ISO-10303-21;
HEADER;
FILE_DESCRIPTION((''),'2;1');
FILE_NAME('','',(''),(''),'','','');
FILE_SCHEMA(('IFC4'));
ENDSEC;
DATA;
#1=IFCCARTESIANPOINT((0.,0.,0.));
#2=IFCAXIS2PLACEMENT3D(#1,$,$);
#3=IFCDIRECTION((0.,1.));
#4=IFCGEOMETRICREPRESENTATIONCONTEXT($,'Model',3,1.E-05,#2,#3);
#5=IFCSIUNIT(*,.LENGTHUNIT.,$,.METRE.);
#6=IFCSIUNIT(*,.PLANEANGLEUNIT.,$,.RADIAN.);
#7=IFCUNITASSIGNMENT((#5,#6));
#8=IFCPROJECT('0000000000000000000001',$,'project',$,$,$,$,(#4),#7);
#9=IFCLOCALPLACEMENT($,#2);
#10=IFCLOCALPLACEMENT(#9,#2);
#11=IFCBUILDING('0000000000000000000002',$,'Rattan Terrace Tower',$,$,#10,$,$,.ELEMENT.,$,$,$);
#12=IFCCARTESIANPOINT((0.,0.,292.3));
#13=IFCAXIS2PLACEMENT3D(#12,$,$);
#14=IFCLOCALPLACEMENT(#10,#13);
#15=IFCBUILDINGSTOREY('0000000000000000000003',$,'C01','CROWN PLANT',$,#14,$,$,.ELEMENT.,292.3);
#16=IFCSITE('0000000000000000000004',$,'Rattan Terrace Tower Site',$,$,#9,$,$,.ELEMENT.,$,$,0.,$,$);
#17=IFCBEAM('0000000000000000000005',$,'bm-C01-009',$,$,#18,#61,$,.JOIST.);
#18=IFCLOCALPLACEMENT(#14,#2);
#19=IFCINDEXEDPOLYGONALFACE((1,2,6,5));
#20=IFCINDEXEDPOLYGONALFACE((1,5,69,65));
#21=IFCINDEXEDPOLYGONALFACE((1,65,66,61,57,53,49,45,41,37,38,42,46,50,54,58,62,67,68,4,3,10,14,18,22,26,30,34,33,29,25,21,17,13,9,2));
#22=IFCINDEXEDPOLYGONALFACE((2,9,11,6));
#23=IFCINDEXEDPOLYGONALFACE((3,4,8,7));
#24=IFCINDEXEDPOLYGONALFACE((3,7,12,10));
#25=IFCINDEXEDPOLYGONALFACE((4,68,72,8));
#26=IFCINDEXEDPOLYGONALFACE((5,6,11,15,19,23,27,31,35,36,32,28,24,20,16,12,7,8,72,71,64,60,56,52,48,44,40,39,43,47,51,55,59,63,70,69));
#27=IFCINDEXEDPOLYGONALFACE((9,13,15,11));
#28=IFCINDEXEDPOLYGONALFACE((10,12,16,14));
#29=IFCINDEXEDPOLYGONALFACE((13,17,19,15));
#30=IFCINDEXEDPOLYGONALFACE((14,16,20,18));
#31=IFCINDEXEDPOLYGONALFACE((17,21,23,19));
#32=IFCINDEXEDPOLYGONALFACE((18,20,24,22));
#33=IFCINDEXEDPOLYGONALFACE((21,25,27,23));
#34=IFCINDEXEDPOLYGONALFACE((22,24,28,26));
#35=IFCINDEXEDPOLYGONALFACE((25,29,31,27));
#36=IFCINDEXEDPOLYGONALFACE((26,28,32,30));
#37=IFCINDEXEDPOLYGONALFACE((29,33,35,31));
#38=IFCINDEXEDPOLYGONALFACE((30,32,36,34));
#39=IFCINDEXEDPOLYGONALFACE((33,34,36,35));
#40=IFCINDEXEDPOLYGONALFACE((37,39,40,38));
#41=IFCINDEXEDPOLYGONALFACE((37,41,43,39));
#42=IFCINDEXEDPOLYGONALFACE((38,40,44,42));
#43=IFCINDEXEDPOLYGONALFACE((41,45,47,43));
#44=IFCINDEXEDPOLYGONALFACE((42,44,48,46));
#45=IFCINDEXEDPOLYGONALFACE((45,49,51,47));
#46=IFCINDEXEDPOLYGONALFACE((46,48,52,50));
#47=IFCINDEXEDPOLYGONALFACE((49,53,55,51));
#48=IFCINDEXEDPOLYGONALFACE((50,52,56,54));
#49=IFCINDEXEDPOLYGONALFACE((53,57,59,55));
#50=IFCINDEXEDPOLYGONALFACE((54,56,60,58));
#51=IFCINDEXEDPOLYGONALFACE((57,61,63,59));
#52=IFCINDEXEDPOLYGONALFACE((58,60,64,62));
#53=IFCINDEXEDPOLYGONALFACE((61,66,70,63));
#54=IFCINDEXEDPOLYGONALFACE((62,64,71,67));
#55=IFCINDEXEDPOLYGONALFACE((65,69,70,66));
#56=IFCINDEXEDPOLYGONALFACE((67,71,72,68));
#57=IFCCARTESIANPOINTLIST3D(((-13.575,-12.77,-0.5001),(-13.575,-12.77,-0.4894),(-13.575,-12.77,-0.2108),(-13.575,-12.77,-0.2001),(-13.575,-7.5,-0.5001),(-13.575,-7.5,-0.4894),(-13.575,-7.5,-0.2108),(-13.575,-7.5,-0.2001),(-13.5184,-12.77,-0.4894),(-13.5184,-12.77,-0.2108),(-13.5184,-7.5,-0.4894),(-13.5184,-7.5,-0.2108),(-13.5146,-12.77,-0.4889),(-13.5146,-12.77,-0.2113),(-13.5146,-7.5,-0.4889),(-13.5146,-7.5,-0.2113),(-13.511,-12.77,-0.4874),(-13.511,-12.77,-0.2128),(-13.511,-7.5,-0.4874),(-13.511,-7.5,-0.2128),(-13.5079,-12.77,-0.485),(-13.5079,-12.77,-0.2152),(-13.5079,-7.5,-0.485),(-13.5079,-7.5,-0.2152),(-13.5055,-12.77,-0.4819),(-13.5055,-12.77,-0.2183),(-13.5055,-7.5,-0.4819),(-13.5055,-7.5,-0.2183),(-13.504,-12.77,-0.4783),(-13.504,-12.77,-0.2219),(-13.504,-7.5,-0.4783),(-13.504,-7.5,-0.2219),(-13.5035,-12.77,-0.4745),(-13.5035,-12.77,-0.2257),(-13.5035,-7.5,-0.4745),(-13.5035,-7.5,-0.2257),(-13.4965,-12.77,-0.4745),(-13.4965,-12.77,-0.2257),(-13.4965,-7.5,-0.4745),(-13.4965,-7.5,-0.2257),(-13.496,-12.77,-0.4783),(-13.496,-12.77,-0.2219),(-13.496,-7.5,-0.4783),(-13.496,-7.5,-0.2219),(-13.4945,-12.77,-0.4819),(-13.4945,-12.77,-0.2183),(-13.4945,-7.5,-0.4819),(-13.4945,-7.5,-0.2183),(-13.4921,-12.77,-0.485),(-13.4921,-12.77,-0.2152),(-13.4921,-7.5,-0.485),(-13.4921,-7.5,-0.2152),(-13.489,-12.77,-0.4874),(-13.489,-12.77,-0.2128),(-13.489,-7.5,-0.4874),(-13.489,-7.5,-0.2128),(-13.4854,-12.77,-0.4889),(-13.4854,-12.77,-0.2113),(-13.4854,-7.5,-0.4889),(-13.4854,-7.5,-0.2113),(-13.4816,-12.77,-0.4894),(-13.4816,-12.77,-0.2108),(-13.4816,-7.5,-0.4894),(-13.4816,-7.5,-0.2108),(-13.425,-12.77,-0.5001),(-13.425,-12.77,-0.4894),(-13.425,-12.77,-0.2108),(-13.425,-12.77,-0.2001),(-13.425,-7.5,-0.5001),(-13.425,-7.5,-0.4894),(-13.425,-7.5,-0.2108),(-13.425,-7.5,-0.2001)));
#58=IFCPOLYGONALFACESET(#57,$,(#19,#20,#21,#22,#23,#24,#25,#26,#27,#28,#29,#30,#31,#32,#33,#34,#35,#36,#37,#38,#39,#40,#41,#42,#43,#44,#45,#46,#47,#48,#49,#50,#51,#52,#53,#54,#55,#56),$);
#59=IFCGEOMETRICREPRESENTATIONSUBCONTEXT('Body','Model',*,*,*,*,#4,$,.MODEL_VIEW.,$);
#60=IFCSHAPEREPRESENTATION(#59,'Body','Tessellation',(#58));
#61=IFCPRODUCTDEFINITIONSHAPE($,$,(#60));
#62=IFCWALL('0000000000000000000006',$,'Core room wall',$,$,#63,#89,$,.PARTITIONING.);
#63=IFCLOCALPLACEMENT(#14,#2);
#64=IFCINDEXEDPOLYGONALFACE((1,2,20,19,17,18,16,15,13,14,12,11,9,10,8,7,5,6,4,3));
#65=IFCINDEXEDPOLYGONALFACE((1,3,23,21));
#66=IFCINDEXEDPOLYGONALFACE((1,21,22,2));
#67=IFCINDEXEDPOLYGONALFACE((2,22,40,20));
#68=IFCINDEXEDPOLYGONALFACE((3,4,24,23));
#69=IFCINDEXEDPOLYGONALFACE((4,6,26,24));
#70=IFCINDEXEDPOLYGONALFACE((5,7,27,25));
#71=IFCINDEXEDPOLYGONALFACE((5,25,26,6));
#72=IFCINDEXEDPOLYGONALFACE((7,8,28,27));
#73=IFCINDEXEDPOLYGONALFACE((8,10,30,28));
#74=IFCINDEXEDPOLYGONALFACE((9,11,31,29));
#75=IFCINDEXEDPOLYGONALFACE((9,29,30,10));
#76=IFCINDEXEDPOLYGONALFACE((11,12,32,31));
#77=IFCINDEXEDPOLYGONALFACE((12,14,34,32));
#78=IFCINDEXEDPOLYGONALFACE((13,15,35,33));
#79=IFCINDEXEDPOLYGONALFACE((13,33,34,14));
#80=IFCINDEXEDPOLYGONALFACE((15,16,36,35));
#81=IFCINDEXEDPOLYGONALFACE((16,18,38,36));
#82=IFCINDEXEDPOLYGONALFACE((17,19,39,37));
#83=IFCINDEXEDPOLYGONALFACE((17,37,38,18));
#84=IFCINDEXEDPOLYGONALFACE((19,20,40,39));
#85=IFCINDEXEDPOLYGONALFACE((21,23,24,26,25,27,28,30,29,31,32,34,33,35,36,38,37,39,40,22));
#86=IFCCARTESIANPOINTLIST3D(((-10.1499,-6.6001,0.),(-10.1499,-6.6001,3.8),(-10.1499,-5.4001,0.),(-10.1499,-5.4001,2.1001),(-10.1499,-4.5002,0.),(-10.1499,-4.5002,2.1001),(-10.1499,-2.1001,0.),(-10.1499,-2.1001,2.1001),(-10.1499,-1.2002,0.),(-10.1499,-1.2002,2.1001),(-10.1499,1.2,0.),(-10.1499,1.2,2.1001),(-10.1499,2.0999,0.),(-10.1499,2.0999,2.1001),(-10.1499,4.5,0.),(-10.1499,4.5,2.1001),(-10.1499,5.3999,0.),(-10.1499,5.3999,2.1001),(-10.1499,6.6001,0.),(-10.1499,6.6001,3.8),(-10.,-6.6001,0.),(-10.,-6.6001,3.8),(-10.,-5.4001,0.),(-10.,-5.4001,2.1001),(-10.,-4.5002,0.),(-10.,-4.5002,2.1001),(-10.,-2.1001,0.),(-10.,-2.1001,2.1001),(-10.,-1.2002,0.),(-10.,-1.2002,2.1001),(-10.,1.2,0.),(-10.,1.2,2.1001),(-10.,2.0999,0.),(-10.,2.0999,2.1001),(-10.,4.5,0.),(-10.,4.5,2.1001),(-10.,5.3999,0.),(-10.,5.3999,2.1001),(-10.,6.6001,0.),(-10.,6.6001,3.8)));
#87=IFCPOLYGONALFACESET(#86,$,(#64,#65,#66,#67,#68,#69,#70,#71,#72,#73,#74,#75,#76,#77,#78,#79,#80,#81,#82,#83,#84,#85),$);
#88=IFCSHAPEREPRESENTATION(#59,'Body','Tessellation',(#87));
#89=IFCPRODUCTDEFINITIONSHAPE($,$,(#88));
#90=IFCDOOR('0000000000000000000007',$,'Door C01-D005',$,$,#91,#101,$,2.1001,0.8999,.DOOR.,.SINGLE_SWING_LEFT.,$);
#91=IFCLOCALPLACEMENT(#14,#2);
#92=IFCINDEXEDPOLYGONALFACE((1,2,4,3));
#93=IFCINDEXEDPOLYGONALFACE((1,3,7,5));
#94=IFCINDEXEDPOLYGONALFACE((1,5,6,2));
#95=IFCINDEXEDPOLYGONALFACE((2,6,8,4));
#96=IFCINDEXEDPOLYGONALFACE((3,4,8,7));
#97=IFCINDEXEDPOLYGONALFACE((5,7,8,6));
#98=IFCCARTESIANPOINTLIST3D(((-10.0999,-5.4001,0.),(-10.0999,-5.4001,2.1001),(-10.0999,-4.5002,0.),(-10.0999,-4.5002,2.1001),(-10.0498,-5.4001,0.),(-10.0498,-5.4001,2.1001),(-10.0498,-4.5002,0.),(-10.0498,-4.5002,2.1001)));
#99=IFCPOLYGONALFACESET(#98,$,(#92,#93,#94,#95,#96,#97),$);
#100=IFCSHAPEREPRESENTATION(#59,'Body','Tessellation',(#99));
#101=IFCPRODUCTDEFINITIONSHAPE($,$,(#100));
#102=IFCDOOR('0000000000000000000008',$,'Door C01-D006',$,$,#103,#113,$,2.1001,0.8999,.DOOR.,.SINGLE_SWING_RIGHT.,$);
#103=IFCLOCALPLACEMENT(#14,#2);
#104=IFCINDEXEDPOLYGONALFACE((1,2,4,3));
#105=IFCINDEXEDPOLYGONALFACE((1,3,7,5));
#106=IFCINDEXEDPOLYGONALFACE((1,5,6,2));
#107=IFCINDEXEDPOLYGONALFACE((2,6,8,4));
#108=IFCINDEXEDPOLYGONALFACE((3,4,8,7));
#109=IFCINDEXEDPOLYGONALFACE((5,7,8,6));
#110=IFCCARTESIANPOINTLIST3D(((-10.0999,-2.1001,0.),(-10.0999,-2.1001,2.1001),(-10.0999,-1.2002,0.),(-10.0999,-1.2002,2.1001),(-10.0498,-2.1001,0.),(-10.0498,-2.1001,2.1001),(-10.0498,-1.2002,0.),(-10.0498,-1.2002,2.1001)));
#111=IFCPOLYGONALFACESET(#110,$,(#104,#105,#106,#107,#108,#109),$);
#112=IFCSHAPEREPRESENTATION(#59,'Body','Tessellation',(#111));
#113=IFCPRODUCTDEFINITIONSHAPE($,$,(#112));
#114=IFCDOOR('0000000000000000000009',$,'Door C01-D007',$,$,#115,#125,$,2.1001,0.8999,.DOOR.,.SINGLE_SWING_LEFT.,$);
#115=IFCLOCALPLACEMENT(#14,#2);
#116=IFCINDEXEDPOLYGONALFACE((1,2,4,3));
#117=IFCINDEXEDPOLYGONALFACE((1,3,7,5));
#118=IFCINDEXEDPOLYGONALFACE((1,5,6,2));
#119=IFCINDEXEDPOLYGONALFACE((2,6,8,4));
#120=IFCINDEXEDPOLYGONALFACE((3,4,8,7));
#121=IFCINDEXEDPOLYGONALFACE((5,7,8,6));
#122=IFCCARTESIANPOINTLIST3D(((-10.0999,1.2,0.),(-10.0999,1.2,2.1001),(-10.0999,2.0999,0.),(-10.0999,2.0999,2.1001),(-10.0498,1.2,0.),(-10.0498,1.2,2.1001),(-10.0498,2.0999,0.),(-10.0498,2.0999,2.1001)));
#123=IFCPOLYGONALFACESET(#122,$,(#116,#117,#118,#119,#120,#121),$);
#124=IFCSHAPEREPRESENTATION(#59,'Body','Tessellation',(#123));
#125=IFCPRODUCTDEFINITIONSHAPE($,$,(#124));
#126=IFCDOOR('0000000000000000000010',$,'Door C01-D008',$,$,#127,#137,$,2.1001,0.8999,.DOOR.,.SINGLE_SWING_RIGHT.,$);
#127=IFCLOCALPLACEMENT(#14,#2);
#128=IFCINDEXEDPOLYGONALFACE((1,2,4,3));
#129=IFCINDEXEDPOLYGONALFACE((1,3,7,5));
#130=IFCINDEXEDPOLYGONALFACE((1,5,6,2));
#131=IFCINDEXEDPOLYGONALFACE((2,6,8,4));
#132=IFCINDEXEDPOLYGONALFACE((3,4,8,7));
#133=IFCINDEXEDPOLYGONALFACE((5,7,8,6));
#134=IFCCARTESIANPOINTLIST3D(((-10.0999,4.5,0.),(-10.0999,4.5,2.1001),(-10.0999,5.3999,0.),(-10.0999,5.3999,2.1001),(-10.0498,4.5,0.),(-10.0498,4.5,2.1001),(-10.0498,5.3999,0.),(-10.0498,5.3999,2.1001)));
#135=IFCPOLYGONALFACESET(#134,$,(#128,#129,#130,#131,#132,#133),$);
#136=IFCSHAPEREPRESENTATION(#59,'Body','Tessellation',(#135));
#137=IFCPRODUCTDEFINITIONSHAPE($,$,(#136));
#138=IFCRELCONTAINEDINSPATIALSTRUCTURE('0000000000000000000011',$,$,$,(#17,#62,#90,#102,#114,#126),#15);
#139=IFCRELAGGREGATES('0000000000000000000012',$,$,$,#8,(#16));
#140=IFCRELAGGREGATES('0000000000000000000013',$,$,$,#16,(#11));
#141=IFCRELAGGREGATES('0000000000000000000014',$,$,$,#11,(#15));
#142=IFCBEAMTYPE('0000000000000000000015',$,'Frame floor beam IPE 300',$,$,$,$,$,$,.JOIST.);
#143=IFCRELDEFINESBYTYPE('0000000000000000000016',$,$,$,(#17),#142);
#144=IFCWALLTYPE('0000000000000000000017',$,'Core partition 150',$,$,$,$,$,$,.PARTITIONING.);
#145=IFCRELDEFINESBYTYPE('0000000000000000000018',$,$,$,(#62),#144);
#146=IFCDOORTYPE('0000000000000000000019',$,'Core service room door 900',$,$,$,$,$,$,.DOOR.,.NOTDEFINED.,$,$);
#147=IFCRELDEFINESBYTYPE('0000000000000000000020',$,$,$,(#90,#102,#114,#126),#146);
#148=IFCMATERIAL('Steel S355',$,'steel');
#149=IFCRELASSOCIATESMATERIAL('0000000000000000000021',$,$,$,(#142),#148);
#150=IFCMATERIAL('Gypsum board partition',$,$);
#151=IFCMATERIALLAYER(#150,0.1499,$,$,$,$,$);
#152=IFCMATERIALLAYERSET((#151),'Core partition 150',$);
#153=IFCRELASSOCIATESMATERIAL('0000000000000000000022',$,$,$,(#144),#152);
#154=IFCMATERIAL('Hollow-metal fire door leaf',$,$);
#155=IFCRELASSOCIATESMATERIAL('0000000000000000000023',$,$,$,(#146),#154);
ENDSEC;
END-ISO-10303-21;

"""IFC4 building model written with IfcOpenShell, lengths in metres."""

from ifc_helpers import new_model, si_unit, direction, frame, frame_2d, origin, origin_2d, place, context, subcontext, project, spatial, rectangle, i_section, extrude, material, layer, layer_set, material_profile, profile_set, type_object, element, fill, save


model = new_model("IFC4")

# Units and contexts
model_context = context("Model", 3, precision=1e-05, world=origin(), true_north=direction((0.0, 1.0)))
body_context = subcontext(model_context, "Body", "Model", "MODEL_VIEW")
ifc_project = project(units=[si_unit("LENGTHUNIT", "METRE"), si_unit("PLANEANGLEUNIT", "RADIAN")], contexts=[model_context])

# Site, building, storey
site_placement = place(None, origin())
site = spatial("IfcSite", under=ifc_project, at=site_placement, Name="Rattan Terrace Tower Site", CompositionType="ELEMENT", RefElevation=0.0)
building_placement = place(site_placement, origin())
building = spatial("IfcBuilding", under=site, at=building_placement, Name="Rattan Terrace Tower", CompositionType="ELEMENT")
storey_placement = place(building_placement, frame((0.0, 0.0, 292.3)))
storey = spatial("IfcBuildingStorey", under=building, at=storey_placement, Name="C01", Description="CROWN PLANT", CompositionType="ELEMENT", Elevation=292.3)

# Beam
ifc_material_1 = material(Name="Steel S355", Category="steel")
ifc_material_profile = material_profile(ifc_material_1, i_section(OverallWidth=0.1499, OverallDepth=0.3, WebThickness=0.0071, FlangeThickness=0.0107, FilletRadius=0.0149, at=origin_2d()), Name="IPE 300")
ifc_profile_set = profile_set([ifc_material_profile], Name="Steel S355")
beam_type = type_object("IfcBeamType", Name="Frame floor beam IPE 300", PredefinedType="JOIST", material=ifc_profile_set)
beam_placement = place(storey_placement, frame((-13.5, -12.77, -0.3501), z_axis=(0.0, 1.0, 0.0), x_axis=(-1.0, 0.0, 0.0)))
element("IfcBeam", 1, at=beam_placement, inside=storey, type_object=beam_type, Name="bm-C01-009", PredefinedType="JOIST", context=body_context, shape_type="SweptSolid", body=[
    extrude(i_section(OverallWidth=0.1499, OverallDepth=0.3, WebThickness=0.0071, FlangeThickness=0.0107, FilletRadius=0.0149, at=origin_2d()), origin(), (0.0, 0.0, 1.0), 5.27),
])

# Wall, openings, doors
ifc_material_2 = material(Name="Gypsum board partition")
ifc_layer_1 = layer(ifc_material_2, 0.1499)
ifc_layer_set_1 = layer_set([ifc_layer_1], Name="Core partition 150")
wall_type_1 = type_object("IfcWallType", Name="Core partition 150", PredefinedType="PARTITIONING", material=ifc_layer_set_1)
wall_1_placement = place(storey_placement, frame((-10.075, -6.6001, 0.0), z_axis=(0.0, 0.0, 1.0), x_axis=(0.0, 1.0, 0.0)))
wall_1 = element("IfcWall", 2, at=wall_1_placement, inside=storey, type_object=wall_type_1, Name="Core room wall", PredefinedType="PARTITIONING", context=body_context, shape_type="SweptSolid", body=[
    extrude(rectangle(XDim=13.2002, YDim=0.1499, at=frame_2d((6.6001, 0.0))), origin(), (0.0, 0.0, 1.0), 3.8),
])
opening_1_placement = place(wall_1_placement, frame((1.2, 0.0, 0.0)))
opening_1 = element("IfcOpeningElement", 3, at=opening_1_placement, cuts=wall_1, PredefinedType="OPENING", context=body_context, shape_type="SweptSolid", body=[
    extrude(rectangle(XDim=0.8999, YDim=2.1001, at=frame_2d((0.45, 1.05))), frame((0.0, 0.0854, 0.0), z_axis=(0.0, -1.0, 0.0), x_axis=(1.0, 0.0, 0.0)), (0.0, 0.0, 1.0), 0.1709),
])
opening_2_placement = place(wall_1_placement, frame((4.5, 0.0, 0.0)))
opening_2 = element("IfcOpeningElement", 4, at=opening_2_placement, cuts=wall_1, PredefinedType="OPENING", context=body_context, shape_type="SweptSolid", body=[
    extrude(rectangle(XDim=0.8999, YDim=2.1001, at=frame_2d((0.45, 1.05))), frame((0.0, 0.0854, 0.0), z_axis=(0.0, -1.0, 0.0), x_axis=(1.0, 0.0, 0.0)), (0.0, 0.0, 1.0), 0.1709),
])
opening_3_placement = place(wall_1_placement, frame((7.8, 0.0, 0.0)))
opening_3 = element("IfcOpeningElement", 5, at=opening_3_placement, cuts=wall_1, PredefinedType="OPENING", context=body_context, shape_type="SweptSolid", body=[
    extrude(rectangle(XDim=0.8999, YDim=2.1001, at=frame_2d((0.45, 1.05))), frame((0.0, 0.0854, 0.0), z_axis=(0.0, -1.0, 0.0), x_axis=(1.0, 0.0, 0.0)), (0.0, 0.0, 1.0), 0.1709),
])
opening_4_placement = place(wall_1_placement, frame((11.1001, 0.0, 0.0)))
opening_4 = element("IfcOpeningElement", 6, at=opening_4_placement, cuts=wall_1, PredefinedType="OPENING", context=body_context, shape_type="SweptSolid", body=[
    extrude(rectangle(XDim=0.8999, YDim=2.1001, at=frame_2d((0.45, 1.05))), frame((0.0, 0.0854, 0.0), z_axis=(0.0, -1.0, 0.0), x_axis=(1.0, 0.0, 0.0)), (0.0, 0.0, 1.0), 0.1709),
])
ifc_material_3 = material(Name="Hollow-metal fire door leaf")
door_type_1 = type_object("IfcDoorType", Name="Core service room door 900", OperationType="NOTDEFINED", PredefinedType="DOOR", material=ifc_material_3)
door_1_placement = place(opening_1_placement, origin())
door_1 = element("IfcDoor", 7, at=door_1_placement, inside=storey, type_object=door_type_1, Name="Door C01-D005", OperationType="SINGLE_SWING_LEFT", OverallHeight=2.1001, OverallWidth=0.8999, PredefinedType="DOOR", context=body_context, shape_type="SweptSolid", body=[
    extrude(rectangle(XDim=0.8999, YDim=2.1001, at=frame_2d((0.45, 1.05))), frame((0.0, 0.0249, 0.0), z_axis=(0.0, -1.0, 0.0), x_axis=(1.0, 0.0, 0.0)), (0.0, 0.0, 1.0), 0.05),
])
fill(opening_1, door_1)
door_2_placement = place(opening_2_placement, origin())
door_2 = element("IfcDoor", 8, at=door_2_placement, inside=storey, type_object=door_type_1, Name="Door C01-D006", OperationType="SINGLE_SWING_RIGHT", OverallHeight=2.1001, OverallWidth=0.8999, PredefinedType="DOOR", context=body_context, shape_type="SweptSolid", body=[
    extrude(rectangle(XDim=0.8999, YDim=2.1001, at=frame_2d((0.45, 1.05))), frame((0.0, 0.0249, 0.0), z_axis=(0.0, -1.0, 0.0), x_axis=(1.0, 0.0, 0.0)), (0.0, 0.0, 1.0), 0.05),
])
fill(opening_2, door_2)
door_3_placement = place(opening_3_placement, origin())
door_3 = element("IfcDoor", 9, at=door_3_placement, inside=storey, type_object=door_type_1, Name="Door C01-D007", OperationType="SINGLE_SWING_LEFT", OverallHeight=2.1001, OverallWidth=0.8999, PredefinedType="DOOR", context=body_context, shape_type="SweptSolid", body=[
    extrude(rectangle(XDim=0.8999, YDim=2.1001, at=frame_2d((0.45, 1.05))), frame((0.0, 0.0249, 0.0), z_axis=(0.0, -1.0, 0.0), x_axis=(1.0, 0.0, 0.0)), (0.0, 0.0, 1.0), 0.05),
])
fill(opening_3, door_3)
door_4_placement = place(opening_4_placement, origin())
door_4 = element("IfcDoor", 10, at=door_4_placement, inside=storey, type_object=door_type_1, Name="Door C01-D008", OperationType="SINGLE_SWING_RIGHT", OverallHeight=2.1001, OverallWidth=0.8999, PredefinedType="DOOR", context=body_context, shape_type="SweptSolid", body=[
    extrude(rectangle(XDim=0.8999, YDim=2.1001, at=frame_2d((0.45, 1.05))), frame((0.0, 0.0249, 0.0), z_axis=(0.0, -1.0, 0.0), x_axis=(1.0, 0.0, 0.0)), (0.0, 0.0, 1.0), 0.05),
])
fill(opening_4, door_4)

save(model, "model.ifc")
